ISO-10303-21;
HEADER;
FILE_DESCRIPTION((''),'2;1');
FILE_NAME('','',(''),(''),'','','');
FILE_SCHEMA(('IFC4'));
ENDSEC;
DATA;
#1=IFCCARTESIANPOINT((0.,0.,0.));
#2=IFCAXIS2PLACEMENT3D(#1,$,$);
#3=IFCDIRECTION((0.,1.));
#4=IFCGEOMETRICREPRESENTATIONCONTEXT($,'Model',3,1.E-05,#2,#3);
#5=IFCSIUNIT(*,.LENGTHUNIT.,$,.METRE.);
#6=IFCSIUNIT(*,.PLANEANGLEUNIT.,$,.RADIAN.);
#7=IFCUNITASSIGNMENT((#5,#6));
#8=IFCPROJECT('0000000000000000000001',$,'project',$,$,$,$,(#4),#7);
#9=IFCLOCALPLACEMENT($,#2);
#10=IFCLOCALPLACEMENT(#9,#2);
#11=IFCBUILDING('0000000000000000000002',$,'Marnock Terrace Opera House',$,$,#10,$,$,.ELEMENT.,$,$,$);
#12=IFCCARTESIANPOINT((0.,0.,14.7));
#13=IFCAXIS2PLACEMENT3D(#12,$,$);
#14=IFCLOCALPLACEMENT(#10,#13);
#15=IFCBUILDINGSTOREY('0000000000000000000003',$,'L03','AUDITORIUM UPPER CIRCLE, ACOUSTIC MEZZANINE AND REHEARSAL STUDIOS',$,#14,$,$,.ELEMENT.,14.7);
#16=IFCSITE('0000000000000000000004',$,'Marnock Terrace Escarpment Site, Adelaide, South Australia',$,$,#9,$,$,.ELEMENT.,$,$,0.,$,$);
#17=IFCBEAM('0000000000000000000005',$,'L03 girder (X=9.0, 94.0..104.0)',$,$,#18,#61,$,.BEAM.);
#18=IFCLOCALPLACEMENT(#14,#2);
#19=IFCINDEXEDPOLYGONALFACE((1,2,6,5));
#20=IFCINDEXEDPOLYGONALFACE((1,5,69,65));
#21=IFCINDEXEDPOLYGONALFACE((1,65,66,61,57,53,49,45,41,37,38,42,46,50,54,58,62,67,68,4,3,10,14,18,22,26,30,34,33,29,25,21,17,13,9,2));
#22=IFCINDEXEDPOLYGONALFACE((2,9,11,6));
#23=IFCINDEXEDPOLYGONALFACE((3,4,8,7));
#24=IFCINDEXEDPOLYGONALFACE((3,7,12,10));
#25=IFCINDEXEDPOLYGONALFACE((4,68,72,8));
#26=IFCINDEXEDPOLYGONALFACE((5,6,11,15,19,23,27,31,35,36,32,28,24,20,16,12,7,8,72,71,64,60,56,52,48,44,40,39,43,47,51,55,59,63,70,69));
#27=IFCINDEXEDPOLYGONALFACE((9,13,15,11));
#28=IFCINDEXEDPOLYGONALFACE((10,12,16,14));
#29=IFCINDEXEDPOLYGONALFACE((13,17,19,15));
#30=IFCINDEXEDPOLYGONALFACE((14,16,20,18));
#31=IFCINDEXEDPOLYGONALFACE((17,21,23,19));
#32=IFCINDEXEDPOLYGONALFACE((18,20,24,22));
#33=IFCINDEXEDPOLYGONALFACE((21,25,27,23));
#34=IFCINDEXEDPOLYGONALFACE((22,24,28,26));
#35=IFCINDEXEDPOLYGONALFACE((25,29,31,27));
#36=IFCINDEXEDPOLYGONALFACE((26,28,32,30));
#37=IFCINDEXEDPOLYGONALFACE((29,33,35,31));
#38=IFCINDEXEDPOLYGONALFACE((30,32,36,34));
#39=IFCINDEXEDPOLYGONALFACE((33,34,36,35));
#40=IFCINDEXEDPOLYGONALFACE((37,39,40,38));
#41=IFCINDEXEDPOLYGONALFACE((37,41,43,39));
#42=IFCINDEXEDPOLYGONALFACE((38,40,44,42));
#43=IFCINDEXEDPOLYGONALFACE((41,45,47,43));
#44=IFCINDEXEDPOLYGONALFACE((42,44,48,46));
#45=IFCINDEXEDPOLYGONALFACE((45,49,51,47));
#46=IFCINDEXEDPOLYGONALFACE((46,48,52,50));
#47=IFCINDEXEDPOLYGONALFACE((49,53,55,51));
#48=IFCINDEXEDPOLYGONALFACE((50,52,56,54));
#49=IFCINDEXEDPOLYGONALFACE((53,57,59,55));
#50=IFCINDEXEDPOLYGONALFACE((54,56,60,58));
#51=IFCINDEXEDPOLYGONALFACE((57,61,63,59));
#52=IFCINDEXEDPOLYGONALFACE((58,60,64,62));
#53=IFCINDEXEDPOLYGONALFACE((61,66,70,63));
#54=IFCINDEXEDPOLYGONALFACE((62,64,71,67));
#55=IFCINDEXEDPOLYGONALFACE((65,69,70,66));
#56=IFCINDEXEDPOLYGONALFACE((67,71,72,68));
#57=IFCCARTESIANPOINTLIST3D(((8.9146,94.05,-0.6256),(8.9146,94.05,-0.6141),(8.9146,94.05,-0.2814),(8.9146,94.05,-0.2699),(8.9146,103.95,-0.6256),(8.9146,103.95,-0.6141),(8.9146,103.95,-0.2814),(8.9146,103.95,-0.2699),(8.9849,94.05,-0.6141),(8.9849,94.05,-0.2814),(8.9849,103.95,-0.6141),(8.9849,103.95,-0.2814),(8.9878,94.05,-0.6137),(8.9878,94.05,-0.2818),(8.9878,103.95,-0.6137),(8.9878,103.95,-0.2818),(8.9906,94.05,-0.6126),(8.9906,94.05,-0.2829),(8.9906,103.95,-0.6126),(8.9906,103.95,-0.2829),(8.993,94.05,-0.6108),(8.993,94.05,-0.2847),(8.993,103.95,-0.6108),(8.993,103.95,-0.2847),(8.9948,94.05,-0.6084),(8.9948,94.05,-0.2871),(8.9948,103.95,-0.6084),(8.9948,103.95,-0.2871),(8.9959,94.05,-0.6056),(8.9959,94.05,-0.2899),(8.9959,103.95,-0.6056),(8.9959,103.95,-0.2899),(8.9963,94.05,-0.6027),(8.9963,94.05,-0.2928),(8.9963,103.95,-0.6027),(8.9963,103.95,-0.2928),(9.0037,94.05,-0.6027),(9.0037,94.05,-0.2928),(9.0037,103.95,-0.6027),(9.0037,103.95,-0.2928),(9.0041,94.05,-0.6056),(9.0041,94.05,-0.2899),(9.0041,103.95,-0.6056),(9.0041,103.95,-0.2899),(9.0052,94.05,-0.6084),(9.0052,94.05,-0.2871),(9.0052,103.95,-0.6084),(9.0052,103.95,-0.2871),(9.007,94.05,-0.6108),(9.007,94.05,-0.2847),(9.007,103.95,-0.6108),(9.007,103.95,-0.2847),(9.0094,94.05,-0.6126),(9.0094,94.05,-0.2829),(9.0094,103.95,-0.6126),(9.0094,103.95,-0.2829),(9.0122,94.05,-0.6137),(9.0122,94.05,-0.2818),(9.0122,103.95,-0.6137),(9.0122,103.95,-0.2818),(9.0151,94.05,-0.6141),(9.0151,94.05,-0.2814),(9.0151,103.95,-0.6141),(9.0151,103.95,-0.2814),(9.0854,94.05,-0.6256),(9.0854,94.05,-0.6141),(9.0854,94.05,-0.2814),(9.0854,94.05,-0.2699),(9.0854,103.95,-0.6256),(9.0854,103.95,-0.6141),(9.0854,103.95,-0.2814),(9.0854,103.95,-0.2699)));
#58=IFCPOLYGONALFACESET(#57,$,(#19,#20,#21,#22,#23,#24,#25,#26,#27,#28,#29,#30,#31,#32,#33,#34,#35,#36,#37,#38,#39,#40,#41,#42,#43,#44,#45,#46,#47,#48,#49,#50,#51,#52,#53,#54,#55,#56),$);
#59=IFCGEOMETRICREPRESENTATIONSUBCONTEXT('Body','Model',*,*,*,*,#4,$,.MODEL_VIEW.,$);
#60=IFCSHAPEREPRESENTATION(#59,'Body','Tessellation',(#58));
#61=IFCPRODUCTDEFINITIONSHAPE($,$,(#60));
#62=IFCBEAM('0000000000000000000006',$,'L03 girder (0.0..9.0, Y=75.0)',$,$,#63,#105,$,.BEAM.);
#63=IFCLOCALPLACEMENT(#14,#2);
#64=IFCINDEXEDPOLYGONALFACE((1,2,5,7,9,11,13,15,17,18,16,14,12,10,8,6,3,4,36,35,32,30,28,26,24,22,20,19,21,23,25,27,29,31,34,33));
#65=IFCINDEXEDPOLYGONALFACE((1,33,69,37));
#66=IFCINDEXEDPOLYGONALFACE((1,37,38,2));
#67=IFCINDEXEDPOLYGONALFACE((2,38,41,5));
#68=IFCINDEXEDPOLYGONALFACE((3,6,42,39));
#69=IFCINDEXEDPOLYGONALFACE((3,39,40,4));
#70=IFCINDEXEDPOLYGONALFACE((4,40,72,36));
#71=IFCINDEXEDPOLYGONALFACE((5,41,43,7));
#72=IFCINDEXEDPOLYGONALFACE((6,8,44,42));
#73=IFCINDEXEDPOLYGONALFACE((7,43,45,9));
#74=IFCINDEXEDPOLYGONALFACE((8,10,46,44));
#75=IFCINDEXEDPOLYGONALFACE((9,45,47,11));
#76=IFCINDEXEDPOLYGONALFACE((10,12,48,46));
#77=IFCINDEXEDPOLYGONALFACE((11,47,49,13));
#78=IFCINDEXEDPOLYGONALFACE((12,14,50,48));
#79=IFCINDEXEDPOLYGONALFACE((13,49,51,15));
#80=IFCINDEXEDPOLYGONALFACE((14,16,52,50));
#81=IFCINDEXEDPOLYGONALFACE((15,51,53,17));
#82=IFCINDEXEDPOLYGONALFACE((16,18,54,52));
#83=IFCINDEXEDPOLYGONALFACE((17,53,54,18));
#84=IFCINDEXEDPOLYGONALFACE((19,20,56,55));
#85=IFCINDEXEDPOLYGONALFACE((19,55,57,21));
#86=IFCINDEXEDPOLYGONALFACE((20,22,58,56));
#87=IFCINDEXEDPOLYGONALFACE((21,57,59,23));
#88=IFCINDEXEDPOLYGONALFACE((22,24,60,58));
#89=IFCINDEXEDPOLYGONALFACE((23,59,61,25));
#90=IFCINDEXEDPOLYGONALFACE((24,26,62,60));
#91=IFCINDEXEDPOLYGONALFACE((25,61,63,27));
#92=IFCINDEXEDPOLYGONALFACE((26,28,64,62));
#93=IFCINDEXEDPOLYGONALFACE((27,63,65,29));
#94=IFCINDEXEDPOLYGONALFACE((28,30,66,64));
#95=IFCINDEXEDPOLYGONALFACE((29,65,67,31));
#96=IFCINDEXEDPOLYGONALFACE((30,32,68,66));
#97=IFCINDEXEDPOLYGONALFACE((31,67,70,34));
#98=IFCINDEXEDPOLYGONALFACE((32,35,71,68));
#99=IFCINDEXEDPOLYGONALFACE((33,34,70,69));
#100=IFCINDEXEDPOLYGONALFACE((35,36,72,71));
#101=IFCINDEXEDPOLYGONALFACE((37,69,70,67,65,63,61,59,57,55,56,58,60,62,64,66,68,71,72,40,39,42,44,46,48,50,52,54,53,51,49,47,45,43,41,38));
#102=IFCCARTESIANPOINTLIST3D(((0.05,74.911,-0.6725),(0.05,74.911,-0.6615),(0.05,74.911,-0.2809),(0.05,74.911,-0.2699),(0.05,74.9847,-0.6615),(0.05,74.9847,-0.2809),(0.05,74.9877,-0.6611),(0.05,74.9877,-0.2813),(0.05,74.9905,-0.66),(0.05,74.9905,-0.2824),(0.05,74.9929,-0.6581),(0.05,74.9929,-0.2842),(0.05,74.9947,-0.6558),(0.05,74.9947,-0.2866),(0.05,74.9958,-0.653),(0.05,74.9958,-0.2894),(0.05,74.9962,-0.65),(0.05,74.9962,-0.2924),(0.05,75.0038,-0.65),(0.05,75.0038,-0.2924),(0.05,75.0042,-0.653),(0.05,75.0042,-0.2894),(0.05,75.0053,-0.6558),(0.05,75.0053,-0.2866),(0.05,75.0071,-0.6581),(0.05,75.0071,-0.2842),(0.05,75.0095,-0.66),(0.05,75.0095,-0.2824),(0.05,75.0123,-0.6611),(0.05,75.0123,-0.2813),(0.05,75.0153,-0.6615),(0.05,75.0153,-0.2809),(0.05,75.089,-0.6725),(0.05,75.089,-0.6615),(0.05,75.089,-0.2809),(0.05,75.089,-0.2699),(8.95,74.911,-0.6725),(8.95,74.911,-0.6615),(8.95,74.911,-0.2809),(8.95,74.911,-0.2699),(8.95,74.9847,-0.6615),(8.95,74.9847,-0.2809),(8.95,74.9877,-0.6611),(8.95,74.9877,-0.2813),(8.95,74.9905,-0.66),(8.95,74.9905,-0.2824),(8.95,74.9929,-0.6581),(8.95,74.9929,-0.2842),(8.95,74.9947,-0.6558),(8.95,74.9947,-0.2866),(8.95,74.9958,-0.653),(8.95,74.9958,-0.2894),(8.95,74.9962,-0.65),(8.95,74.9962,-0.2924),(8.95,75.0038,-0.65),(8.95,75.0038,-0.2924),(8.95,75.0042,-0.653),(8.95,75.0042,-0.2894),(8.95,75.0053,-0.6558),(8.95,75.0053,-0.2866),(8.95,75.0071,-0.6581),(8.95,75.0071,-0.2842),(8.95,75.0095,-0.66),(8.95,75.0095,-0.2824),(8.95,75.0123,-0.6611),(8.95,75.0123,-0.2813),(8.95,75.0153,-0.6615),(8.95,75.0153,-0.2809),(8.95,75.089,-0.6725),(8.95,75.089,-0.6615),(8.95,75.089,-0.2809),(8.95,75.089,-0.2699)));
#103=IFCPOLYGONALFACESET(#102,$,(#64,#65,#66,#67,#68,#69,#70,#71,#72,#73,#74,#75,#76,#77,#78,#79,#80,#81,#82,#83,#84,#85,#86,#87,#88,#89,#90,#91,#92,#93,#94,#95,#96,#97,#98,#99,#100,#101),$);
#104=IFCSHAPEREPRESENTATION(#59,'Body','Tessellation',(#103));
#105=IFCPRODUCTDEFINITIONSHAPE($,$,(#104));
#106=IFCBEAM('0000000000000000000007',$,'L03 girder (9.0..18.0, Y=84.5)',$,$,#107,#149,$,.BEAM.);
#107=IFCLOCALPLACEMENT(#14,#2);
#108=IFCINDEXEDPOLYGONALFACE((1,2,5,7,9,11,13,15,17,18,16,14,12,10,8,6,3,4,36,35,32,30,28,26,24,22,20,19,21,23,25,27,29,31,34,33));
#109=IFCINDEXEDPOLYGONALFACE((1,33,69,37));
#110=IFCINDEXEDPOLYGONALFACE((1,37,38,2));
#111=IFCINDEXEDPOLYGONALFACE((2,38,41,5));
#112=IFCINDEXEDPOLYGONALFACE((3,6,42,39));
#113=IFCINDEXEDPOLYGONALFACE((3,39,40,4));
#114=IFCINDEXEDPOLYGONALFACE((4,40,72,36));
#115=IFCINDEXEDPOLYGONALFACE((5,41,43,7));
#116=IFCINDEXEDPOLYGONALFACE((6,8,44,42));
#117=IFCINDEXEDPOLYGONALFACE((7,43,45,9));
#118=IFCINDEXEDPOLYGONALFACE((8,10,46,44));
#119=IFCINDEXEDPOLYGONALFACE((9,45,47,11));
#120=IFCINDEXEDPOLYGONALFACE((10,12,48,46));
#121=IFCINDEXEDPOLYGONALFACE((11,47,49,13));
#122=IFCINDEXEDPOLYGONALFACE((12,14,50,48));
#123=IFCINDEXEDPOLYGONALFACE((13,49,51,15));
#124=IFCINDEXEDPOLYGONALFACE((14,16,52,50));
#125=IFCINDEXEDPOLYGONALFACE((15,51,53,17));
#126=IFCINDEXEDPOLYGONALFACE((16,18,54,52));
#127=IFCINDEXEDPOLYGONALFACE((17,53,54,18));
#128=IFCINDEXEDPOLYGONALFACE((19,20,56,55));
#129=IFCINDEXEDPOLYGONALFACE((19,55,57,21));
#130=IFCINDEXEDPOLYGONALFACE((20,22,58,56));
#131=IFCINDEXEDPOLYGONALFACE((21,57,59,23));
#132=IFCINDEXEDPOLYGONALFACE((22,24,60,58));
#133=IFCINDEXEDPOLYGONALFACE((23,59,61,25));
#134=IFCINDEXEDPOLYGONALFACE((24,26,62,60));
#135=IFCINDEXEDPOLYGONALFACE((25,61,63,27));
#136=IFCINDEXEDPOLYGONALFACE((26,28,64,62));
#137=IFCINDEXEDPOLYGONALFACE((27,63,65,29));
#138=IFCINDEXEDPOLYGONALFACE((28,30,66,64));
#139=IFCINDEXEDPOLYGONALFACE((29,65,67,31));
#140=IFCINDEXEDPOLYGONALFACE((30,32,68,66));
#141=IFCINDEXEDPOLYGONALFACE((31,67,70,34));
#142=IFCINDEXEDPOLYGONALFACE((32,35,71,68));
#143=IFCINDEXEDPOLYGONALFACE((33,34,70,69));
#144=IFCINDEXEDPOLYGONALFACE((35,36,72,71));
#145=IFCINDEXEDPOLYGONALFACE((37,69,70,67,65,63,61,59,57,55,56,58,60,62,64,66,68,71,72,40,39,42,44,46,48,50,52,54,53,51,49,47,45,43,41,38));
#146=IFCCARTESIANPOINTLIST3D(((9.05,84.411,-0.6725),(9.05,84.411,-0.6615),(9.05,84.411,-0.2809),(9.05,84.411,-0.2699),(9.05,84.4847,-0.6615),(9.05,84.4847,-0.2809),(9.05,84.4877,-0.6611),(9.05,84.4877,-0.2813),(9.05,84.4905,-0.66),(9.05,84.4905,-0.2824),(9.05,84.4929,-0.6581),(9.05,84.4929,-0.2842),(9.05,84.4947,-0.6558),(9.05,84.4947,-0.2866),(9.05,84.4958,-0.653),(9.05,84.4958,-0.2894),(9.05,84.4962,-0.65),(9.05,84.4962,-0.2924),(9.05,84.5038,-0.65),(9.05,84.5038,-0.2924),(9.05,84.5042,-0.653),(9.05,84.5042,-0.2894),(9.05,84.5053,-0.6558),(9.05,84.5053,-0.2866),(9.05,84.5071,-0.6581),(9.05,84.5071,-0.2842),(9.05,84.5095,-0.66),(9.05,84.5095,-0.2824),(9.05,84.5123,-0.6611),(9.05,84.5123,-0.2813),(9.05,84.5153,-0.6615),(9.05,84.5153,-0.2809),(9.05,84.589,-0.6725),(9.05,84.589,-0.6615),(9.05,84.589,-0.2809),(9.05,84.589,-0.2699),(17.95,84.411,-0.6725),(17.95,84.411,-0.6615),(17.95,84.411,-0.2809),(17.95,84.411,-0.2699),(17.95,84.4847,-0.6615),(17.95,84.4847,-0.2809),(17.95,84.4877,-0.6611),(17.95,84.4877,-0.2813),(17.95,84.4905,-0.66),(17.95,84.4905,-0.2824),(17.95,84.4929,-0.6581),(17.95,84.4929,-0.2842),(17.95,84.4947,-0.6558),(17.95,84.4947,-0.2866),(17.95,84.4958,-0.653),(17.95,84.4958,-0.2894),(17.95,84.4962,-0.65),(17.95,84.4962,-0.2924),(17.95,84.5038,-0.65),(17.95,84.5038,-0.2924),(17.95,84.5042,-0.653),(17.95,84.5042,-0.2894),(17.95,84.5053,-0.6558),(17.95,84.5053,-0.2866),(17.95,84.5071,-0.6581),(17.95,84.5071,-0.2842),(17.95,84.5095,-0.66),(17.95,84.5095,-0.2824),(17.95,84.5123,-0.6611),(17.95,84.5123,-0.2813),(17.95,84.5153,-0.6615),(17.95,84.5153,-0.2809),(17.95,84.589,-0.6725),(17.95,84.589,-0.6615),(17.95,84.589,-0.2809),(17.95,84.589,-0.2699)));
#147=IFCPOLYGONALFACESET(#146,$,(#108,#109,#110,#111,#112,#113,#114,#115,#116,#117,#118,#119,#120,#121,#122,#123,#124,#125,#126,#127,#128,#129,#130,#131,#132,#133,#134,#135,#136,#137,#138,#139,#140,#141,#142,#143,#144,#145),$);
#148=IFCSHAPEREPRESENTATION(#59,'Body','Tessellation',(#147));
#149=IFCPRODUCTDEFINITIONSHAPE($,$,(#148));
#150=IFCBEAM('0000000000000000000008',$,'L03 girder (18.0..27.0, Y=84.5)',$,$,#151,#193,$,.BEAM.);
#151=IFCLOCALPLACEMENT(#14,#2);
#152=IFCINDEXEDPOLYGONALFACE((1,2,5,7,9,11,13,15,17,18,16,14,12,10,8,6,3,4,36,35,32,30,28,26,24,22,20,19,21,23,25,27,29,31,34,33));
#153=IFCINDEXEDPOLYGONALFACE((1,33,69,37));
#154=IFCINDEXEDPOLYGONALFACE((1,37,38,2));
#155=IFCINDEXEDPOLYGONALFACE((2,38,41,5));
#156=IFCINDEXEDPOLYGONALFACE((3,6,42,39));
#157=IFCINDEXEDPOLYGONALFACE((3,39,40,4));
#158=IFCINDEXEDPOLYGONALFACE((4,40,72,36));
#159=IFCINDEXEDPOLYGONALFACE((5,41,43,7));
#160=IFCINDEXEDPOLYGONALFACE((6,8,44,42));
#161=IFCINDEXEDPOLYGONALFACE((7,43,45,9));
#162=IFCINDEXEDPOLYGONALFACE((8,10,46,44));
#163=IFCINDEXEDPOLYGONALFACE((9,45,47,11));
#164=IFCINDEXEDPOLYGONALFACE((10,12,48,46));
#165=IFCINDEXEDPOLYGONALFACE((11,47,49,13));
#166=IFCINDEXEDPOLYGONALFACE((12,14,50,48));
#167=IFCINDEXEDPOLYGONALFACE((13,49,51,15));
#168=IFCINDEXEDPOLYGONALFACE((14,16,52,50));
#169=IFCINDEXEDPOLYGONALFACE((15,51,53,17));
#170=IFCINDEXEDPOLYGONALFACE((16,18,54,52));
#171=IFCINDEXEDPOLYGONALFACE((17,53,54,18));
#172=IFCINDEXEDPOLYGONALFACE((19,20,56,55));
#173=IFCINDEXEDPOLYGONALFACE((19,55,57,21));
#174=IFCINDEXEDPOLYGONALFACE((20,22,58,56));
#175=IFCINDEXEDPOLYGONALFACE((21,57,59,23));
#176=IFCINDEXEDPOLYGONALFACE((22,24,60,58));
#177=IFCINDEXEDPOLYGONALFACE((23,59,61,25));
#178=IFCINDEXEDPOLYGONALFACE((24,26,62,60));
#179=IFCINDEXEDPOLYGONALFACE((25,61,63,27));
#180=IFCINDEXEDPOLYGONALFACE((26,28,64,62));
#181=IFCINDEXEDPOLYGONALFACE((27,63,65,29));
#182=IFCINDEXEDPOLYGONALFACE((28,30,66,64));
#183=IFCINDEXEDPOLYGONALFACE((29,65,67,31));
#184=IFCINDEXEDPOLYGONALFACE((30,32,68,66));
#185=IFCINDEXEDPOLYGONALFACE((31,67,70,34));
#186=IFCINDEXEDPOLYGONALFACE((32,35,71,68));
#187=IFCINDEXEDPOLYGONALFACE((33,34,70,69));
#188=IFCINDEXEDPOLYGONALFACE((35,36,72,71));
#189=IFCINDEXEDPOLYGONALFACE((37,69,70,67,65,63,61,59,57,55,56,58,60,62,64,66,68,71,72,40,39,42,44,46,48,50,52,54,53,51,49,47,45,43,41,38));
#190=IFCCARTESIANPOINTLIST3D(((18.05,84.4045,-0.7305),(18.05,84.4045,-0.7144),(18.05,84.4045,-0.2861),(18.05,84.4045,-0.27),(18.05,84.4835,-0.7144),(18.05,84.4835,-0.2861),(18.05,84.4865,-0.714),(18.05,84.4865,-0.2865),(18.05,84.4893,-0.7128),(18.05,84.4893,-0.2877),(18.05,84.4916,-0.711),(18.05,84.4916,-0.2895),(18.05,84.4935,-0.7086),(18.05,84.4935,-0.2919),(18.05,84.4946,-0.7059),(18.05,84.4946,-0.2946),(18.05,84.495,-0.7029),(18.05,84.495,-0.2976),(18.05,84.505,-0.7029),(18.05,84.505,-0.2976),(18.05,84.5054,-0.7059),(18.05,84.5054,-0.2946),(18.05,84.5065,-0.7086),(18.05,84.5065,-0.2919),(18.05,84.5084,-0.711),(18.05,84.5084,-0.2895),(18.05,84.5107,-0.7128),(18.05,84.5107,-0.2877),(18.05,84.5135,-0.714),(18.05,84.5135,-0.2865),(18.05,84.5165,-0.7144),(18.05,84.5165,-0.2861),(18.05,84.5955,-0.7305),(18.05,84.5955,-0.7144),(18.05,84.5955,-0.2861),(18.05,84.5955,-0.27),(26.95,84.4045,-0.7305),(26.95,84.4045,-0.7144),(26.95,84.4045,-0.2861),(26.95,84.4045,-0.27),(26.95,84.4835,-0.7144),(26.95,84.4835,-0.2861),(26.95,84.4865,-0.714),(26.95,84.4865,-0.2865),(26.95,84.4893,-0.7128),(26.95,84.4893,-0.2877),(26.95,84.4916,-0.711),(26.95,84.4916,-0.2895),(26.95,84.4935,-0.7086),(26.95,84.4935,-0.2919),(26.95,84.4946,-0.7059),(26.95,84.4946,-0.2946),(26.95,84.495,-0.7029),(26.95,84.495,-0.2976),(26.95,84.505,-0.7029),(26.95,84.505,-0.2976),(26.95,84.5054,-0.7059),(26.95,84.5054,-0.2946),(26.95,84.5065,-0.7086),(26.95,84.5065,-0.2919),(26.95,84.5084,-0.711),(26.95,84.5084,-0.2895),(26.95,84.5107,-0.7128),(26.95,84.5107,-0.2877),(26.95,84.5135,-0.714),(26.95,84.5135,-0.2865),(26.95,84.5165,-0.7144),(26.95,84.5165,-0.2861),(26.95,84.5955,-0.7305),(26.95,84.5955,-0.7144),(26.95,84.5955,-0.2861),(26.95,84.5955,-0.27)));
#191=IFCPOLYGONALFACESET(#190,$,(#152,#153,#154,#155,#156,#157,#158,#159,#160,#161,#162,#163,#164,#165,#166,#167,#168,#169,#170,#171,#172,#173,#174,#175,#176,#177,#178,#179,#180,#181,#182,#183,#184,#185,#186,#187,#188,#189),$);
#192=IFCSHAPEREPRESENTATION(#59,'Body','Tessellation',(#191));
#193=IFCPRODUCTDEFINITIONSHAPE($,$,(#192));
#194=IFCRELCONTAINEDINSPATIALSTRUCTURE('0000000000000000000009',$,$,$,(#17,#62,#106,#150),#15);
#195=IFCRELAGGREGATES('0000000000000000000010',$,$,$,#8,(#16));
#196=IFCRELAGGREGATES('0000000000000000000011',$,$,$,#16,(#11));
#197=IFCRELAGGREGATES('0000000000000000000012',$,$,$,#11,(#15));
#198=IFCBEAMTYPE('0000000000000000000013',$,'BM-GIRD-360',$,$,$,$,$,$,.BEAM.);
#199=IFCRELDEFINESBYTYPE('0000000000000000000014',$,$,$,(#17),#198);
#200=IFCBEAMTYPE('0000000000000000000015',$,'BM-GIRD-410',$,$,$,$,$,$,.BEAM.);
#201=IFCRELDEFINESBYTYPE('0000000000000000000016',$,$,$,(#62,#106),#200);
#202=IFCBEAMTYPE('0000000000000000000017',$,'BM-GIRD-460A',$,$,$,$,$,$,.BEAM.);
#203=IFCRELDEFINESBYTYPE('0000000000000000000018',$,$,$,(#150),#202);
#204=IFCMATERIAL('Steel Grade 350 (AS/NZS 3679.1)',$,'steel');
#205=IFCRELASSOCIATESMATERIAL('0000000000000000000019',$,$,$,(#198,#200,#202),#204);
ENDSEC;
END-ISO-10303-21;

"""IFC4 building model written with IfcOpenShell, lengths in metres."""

from ifc_helpers import new_model, si_unit, direction, frame, origin, origin_2d, place, context, subcontext, project, spatial, i_section, extrude, material, material_profile, profile_set, type_object, element, save


model = new_model("IFC4")

# Units and contexts
model_context = context("Model", 3, precision=1e-05, world=origin(), true_north=direction((0.0, 1.0)))
body_context = subcontext(model_context, "Body", "Model", "MODEL_VIEW")
ifc_project = project(units=[si_unit("LENGTHUNIT", "METRE"), si_unit("PLANEANGLEUNIT", "RADIAN")], contexts=[model_context])

# Site, building, storey
site_placement = place(None, origin())
site = spatial("IfcSite", under=ifc_project, at=site_placement, Name="Marnock Terrace Escarpment Site, Adelaide, South Australia", CompositionType="ELEMENT", RefElevation=0.0)
building_placement = place(site_placement, origin())
building = spatial("IfcBuilding", under=site, at=building_placement, Name="Marnock Terrace Opera House", CompositionType="ELEMENT")
storey_placement = place(building_placement, frame((0.0, 0.0, 14.7)))
storey = spatial("IfcBuildingStorey", under=building, at=storey_placement, Name="L03", Description="AUDITORIUM UPPER CIRCLE, ACOUSTIC MEZZANINE AND REHEARSAL STUDIOS", CompositionType="ELEMENT", Elevation=14.7)

# Beams
ifc_material = material(Name="Steel Grade 350 (AS/NZS 3679.1)", Category="steel")
ifc_material_profile_1 = material_profile(ifc_material, i_section(OverallWidth=0.1709, OverallDepth=0.3557, WebThickness=0.0073, FlangeThickness=0.0115, FilletRadius=0.0115, at=origin_2d()))
ifc_profile_set_1 = profile_set([ifc_material_profile_1], Name="Steel Grade 350 (AS/NZS 3679.1)")
beam_type_1 = type_object("IfcBeamType", Name="BM-GIRD-360", PredefinedType="BEAM", material=ifc_profile_set_1)
beam_1_placement = place(storey_placement, frame((9.0, 94.05, -0.4478), z_axis=(0.0, 1.0, 0.0), x_axis=(-1.0, 0.0, 0.0)))
element("IfcBeam", 1, at=beam_1_placement, inside=storey, type_object=beam_type_1, Name="L03 girder (X=9.0, 94.0..104.0)", PredefinedType="BEAM", context=body_context, shape_type="SweptSolid", body=[
    extrude(i_section(OverallWidth=0.1709, OverallDepth=0.3557, WebThickness=0.0073, FlangeThickness=0.0115, FilletRadius=0.0115, at=origin_2d()), origin(), (0.0, 0.0, 1.0), 9.8999),
])
ifc_material_profile_2 = material_profile(ifc_material, i_section(OverallWidth=0.178, OverallDepth=0.4026, WebThickness=0.0076, FlangeThickness=0.011, FilletRadius=0.0115, at=origin_2d()))
ifc_profile_set_2 = profile_set([ifc_material_profile_2], Name="Steel Grade 350 (AS/NZS 3679.1)")
beam_type_2 = type_object("IfcBeamType", Name="BM-GIRD-410", PredefinedType="BEAM", material=ifc_profile_set_2)
for number, where, z_axis, x_axis, name in (
    (2, (0.05, 75.0, -0.4712), (1.0, 0.0, 0.0), (0.0, 1.0, 0.0), "L03 girder (0.0..9.0, Y=75.0)"),
    (3, (9.05, 84.5, -0.4712), (1.0, 0.0, 0.0), (0.0, 1.0, 0.0), "L03 girder (9.0..18.0, Y=84.5)"),
):
    element("IfcBeam", number, at=place(storey_placement, frame(where, z_axis=z_axis, x_axis=x_axis)), inside=storey, type_object=beam_type_2, Name=name, PredefinedType="BEAM", context=body_context, shape_type="SweptSolid", body=[
        extrude(i_section(OverallWidth=0.178, OverallDepth=0.4026, WebThickness=0.0076, FlangeThickness=0.011, FilletRadius=0.0115, at=origin_2d()), origin(), (0.0, 0.0, 1.0), 8.8999),
    ])
ifc_material_profile_3 = material_profile(ifc_material, i_section(OverallWidth=0.1909, OverallDepth=0.4604, WebThickness=0.01, FlangeThickness=0.0161, FilletRadius=0.0115, at=origin_2d()))
ifc_profile_set_3 = profile_set([ifc_material_profile_3], Name="Steel Grade 350 (AS/NZS 3679.1)")
beam_type_3 = type_object("IfcBeamType", Name="BM-GIRD-460A", PredefinedType="BEAM", material=ifc_profile_set_3)
beam_2_placement = place(storey_placement, frame((18.05, 84.5, -0.5002), z_axis=(1.0, 0.0, 0.0), x_axis=(0.0, 1.0, 0.0)))
element("IfcBeam", 4, at=beam_2_placement, inside=storey, type_object=beam_type_3, Name="L03 girder (18.0..27.0, Y=84.5)", PredefinedType="BEAM", context=body_context, shape_type="SweptSolid", body=[
    extrude(i_section(OverallWidth=0.1909, OverallDepth=0.4604, WebThickness=0.01, FlangeThickness=0.0161, FilletRadius=0.0115, at=origin_2d()), origin(), (0.0, 0.0, 1.0), 8.8999),
])

save(model, "model.ifc")
